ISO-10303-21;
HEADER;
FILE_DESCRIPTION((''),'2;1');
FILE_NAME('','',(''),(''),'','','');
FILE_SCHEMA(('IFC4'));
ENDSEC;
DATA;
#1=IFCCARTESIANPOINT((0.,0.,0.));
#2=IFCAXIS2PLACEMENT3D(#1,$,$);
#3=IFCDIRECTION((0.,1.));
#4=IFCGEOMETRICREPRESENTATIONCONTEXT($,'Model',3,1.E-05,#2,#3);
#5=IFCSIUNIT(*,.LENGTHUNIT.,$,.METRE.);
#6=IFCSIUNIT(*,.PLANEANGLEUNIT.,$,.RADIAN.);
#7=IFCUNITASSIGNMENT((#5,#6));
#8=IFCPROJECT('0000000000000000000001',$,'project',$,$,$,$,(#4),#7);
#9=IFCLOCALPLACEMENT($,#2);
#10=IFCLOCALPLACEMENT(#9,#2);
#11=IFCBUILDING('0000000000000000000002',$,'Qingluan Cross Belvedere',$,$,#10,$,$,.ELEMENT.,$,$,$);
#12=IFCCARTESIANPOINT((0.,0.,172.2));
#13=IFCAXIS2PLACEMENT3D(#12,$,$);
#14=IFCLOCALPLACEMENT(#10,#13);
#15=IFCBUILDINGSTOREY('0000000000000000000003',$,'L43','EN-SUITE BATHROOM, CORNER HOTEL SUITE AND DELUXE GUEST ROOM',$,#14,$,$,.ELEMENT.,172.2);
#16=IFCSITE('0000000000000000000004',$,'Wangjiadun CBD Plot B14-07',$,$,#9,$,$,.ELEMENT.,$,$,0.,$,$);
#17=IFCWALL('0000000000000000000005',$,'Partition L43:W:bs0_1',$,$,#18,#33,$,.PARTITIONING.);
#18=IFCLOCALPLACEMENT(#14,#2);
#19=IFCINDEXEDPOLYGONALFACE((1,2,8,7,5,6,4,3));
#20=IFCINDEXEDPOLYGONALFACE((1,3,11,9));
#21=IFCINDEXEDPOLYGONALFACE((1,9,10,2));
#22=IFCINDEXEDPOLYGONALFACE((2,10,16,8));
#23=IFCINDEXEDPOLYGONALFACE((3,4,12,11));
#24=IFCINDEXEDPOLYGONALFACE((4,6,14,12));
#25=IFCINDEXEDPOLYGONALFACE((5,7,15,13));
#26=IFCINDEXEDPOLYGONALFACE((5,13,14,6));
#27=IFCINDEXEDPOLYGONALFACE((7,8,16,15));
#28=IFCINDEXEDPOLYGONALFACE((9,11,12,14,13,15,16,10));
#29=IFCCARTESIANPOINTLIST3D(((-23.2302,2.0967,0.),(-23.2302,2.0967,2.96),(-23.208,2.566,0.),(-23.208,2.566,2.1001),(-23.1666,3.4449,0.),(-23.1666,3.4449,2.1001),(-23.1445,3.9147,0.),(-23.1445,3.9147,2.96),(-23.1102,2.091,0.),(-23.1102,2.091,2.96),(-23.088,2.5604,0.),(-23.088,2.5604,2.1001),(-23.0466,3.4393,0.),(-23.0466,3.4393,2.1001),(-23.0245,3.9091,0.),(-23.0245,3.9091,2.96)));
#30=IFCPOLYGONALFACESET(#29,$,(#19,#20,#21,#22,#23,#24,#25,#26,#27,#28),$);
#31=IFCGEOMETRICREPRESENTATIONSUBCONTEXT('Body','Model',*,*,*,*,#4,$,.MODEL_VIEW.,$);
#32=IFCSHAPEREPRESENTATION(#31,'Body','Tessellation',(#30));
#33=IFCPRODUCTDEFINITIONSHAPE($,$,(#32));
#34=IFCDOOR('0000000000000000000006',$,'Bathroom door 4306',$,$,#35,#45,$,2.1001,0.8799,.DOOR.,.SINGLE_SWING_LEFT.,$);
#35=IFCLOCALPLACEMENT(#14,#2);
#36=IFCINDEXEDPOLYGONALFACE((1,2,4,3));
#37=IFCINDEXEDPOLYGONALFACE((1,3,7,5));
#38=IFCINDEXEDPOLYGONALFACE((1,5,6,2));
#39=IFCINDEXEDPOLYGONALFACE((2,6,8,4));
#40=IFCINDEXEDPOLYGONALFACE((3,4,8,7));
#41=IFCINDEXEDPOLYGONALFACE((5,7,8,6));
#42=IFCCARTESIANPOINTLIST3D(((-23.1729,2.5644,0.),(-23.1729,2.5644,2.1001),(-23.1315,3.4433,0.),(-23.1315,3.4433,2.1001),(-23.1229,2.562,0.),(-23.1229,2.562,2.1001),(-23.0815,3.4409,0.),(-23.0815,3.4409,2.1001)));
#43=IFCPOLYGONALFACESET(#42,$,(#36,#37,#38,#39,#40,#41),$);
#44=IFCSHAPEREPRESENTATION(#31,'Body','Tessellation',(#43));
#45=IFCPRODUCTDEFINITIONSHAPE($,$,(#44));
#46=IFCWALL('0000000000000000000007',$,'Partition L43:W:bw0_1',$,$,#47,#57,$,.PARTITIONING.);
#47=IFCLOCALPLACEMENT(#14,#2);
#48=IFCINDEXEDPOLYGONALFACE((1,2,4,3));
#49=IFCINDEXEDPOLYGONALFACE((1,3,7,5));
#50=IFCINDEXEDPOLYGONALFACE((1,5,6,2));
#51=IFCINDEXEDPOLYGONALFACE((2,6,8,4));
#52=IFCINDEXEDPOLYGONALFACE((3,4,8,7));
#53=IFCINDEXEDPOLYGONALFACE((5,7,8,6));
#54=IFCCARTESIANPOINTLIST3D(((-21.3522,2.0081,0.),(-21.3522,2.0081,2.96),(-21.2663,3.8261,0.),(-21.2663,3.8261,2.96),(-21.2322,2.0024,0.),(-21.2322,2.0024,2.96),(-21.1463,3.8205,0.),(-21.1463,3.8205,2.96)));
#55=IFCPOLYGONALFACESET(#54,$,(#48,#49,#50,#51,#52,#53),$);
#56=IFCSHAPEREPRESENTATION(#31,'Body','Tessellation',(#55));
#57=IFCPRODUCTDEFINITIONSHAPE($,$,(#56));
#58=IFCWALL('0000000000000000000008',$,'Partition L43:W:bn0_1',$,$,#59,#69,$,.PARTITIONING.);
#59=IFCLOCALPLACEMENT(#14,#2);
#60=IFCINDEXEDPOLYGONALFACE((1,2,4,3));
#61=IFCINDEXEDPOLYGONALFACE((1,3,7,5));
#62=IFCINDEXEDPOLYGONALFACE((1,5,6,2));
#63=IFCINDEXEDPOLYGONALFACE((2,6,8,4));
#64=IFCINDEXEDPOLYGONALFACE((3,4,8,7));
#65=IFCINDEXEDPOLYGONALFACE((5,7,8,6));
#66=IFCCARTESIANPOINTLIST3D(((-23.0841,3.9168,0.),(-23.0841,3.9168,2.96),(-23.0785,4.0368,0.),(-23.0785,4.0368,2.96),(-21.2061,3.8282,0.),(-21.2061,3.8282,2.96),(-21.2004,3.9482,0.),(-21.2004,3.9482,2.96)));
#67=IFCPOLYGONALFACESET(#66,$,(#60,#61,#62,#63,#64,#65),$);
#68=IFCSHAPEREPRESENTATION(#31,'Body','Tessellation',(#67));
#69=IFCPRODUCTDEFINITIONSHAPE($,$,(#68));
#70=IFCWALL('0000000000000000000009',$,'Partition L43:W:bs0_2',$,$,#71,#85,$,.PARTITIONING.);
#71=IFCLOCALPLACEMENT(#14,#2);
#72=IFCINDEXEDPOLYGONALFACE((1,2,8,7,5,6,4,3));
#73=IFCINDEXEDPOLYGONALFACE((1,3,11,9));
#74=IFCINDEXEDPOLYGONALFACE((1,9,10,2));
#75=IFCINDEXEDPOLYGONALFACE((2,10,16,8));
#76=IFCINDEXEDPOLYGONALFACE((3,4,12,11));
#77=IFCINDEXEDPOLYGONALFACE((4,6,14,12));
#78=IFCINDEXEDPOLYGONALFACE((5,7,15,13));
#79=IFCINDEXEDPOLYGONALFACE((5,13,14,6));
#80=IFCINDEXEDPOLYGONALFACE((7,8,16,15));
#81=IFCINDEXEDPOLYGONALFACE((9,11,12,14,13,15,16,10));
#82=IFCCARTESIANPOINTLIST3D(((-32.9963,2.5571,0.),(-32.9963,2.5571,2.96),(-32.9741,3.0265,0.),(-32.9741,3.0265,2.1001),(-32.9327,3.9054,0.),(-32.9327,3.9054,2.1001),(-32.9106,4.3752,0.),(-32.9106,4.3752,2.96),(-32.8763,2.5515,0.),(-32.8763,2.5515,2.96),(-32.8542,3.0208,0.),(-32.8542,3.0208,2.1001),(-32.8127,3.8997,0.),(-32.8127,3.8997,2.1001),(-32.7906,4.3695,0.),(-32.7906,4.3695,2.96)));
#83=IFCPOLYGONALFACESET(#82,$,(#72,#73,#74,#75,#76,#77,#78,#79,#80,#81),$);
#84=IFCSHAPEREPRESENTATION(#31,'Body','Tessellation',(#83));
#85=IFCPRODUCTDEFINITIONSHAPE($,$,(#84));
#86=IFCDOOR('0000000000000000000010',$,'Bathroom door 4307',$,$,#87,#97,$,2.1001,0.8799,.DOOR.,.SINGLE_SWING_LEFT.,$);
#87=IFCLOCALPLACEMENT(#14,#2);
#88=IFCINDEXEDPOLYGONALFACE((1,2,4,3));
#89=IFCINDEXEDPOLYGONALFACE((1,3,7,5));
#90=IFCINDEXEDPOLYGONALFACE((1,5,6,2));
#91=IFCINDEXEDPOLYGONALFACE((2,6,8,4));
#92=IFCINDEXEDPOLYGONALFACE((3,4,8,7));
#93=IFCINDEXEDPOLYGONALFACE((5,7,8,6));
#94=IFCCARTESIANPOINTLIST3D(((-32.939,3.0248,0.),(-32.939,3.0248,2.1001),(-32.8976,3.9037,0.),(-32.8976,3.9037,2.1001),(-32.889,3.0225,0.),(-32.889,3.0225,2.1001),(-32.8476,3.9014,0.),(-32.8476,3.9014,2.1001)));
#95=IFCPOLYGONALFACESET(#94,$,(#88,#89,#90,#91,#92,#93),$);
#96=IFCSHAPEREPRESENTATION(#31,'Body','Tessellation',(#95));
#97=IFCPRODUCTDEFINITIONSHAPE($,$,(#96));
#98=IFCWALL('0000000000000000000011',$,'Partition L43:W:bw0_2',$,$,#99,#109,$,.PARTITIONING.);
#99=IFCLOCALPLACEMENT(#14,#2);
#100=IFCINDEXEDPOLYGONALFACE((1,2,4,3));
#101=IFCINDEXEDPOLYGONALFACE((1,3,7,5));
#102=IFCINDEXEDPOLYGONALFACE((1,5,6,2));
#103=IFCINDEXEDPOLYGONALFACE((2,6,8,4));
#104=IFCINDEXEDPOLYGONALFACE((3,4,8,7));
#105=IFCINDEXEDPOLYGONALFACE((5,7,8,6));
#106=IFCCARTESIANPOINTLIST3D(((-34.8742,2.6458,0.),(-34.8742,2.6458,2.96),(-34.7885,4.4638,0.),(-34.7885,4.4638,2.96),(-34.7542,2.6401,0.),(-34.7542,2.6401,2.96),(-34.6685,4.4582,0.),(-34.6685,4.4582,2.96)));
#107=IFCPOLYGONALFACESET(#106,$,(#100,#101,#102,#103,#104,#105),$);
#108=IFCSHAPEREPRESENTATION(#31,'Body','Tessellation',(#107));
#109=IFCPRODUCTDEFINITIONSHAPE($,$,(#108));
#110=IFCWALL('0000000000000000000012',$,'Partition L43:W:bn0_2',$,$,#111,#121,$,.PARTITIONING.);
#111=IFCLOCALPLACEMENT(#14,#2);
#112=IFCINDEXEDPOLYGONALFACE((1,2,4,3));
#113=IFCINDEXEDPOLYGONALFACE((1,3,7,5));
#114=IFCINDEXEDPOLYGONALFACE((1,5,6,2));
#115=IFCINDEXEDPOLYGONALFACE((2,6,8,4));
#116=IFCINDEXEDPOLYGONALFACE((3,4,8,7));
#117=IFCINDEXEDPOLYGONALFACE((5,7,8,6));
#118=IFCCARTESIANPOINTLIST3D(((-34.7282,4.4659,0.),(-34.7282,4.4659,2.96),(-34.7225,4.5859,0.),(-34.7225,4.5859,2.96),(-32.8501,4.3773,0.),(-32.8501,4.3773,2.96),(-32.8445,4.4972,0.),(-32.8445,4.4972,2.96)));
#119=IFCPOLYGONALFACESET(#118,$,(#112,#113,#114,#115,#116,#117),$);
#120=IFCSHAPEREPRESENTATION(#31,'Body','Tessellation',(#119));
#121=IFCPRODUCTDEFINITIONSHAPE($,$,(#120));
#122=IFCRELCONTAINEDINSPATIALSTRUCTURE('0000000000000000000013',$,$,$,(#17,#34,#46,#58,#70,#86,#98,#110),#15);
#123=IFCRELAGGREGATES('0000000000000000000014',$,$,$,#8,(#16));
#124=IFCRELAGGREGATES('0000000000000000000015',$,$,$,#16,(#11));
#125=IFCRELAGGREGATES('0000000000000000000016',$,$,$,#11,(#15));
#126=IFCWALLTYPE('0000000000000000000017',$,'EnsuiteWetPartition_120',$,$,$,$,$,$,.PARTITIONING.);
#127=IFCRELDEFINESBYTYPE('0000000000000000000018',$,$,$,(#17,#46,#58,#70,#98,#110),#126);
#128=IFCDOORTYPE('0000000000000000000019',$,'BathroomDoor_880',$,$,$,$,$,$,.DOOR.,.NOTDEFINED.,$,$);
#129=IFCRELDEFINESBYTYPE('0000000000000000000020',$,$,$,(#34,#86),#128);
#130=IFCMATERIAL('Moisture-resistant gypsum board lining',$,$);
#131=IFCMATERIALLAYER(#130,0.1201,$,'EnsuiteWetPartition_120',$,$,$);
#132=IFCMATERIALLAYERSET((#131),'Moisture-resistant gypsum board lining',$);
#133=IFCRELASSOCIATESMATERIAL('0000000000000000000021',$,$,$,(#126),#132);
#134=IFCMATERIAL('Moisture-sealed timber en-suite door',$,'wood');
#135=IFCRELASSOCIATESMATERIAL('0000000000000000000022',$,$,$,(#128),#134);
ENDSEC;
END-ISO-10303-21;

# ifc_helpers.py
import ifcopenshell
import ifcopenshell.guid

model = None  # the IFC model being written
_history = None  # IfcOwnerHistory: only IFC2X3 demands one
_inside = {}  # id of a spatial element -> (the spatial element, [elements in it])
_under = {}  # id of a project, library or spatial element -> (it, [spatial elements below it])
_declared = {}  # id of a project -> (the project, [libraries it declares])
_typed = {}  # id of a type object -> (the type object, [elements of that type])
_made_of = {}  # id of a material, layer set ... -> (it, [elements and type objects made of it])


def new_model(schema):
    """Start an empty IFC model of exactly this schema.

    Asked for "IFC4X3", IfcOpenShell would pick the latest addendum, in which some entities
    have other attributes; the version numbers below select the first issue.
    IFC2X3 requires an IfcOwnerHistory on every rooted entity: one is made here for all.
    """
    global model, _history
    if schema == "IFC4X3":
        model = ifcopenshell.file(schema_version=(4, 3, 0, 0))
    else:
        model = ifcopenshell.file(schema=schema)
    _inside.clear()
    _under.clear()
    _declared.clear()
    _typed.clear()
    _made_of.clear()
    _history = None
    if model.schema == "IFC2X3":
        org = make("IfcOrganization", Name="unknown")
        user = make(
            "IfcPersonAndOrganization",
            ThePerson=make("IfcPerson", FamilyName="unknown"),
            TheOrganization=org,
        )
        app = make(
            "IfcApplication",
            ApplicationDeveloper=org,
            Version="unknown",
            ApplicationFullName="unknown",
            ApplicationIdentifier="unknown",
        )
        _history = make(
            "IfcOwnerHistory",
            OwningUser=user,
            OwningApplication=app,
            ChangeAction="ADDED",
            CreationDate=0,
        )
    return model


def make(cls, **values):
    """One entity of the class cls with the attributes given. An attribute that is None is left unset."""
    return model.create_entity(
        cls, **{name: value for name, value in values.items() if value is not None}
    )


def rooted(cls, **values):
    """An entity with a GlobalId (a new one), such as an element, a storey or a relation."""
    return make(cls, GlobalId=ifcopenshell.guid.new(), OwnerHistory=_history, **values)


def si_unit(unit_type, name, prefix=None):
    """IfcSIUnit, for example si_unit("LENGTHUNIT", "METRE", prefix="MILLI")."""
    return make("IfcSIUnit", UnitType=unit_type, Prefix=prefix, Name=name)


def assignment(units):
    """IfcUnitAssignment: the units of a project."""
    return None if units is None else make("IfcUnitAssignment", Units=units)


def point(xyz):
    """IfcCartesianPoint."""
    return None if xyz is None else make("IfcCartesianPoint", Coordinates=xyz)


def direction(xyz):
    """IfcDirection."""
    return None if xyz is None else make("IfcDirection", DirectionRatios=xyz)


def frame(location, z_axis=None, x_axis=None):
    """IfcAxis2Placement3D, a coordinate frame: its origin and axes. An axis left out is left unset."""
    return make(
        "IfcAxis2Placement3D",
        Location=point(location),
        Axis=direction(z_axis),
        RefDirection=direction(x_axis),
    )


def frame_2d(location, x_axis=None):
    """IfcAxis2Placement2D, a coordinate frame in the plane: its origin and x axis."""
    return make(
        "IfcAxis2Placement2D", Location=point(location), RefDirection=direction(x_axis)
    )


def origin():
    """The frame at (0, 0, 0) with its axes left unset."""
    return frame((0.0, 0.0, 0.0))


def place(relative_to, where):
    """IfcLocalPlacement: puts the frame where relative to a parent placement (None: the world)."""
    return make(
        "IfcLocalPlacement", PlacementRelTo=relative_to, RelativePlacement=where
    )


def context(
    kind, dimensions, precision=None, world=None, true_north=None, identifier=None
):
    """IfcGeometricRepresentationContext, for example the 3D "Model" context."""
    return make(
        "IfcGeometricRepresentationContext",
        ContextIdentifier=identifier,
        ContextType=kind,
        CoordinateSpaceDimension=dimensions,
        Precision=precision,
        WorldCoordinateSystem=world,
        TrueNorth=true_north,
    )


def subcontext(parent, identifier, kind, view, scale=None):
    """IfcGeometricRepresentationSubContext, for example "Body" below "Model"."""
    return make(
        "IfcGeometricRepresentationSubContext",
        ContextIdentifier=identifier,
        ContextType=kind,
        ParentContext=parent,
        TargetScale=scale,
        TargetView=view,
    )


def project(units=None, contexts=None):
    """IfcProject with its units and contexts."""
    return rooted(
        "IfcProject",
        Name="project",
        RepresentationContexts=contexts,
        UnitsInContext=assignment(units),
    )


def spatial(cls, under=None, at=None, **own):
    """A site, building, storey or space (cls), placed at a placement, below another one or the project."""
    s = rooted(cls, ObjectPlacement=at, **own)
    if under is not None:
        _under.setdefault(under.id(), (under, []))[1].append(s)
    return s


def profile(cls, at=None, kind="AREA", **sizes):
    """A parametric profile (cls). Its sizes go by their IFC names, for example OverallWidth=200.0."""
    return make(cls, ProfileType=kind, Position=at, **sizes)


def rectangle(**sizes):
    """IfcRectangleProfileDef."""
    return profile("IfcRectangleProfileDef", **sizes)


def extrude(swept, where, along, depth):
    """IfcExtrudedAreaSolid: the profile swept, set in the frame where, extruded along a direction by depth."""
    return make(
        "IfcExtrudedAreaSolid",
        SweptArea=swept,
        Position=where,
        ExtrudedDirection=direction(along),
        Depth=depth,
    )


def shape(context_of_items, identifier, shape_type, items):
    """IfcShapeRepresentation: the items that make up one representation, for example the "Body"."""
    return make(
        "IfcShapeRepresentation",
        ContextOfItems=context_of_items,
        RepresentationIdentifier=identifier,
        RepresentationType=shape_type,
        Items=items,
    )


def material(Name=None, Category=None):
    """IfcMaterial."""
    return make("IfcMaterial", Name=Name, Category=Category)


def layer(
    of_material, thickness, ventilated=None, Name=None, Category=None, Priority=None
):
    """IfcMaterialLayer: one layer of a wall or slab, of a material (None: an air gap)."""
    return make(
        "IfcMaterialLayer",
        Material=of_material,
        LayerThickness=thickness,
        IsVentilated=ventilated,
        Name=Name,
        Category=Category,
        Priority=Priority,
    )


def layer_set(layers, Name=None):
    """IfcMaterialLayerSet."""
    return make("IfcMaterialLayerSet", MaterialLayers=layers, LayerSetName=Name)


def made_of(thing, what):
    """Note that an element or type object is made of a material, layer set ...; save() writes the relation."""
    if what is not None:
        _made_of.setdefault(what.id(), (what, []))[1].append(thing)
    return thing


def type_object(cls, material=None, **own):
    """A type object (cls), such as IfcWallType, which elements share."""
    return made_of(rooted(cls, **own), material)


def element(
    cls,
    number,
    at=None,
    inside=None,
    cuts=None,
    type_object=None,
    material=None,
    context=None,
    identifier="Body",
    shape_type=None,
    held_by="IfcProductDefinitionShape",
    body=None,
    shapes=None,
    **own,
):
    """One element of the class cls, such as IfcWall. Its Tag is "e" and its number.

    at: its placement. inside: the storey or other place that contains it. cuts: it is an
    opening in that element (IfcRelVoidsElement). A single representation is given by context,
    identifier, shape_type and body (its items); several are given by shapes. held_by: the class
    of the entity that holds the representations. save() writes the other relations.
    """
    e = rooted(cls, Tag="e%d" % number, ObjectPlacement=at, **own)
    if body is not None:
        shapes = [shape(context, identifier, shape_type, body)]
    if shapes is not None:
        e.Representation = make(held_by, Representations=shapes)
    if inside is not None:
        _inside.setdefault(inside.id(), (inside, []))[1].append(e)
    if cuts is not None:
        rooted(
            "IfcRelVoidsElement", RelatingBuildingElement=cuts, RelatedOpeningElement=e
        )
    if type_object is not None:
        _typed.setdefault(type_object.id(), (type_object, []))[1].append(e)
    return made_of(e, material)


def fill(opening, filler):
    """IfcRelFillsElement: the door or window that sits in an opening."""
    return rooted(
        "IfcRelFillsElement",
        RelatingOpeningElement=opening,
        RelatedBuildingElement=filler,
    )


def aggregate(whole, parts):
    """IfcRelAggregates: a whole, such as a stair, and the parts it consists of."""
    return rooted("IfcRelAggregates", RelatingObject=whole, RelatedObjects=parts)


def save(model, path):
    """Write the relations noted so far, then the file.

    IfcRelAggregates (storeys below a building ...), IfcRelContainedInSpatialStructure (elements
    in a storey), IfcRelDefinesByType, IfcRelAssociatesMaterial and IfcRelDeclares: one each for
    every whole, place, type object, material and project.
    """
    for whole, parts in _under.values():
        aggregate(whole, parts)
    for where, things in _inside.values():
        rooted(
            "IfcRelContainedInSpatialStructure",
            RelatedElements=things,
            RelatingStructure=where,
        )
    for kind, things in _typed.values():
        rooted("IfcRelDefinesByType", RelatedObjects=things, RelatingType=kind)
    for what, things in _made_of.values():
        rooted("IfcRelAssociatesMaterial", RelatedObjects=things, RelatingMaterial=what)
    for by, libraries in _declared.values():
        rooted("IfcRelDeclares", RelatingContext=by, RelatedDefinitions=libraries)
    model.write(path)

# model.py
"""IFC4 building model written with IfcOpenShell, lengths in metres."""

from ifc_helpers import new_model, si_unit, direction, frame, frame_2d, origin, place, context, subcontext, project, spatial, rectangle, extrude, material, layer, layer_set, type_object, element, fill, save


model = new_model("IFC4")

# Units and contexts
model_context = context("Model", 3, precision=1e-05, world=origin(), true_north=direction((0.0, 1.0)))
body_context = subcontext(model_context, "Body", "Model", "MODEL_VIEW")
ifc_project = project(units=[si_unit("LENGTHUNIT", "METRE"), si_unit("PLANEANGLEUNIT", "RADIAN")], contexts=[model_context])

# Site, building, storey
site_placement = place(None, origin())
site = spatial("IfcSite", under=ifc_project, at=site_placement, Name="Wangjiadun CBD Plot B14-07", CompositionType="ELEMENT", RefElevation=0.0)
building_placement = place(site_placement, origin())
building = spatial("IfcBuilding", under=site, at=building_placement, Name="Qingluan Cross Belvedere", CompositionType="ELEMENT")
storey_placement = place(building_placement, frame((0.0, 0.0, 172.2)))
storey = spatial("IfcBuildingStorey", under=building, at=storey_placement, Name="L43", Description="EN-SUITE BATHROOM, CORNER HOTEL SUITE AND DELUXE GUEST ROOM", CompositionType="ELEMENT", Elevation=172.2)

# Shared definitions
ifc_material_1 = material(Name="Moisture-resistant gypsum board lining")
ifc_layer_1 = layer(ifc_material_1, 0.1201, Name="EnsuiteWetPartition_120")
ifc_layer_set_1 = layer_set([ifc_layer_1], Name="Moisture-resistant gypsum board lining")
wall_type_1 = type_object("IfcWallType", Name="EnsuiteWetPartition_120", PredefinedType="PARTITIONING", material=ifc_layer_set_1)
ifc_material_2 = material(Name="Moisture-sealed timber en-suite door", Category="wood")
door_type_1 = type_object("IfcDoorType", Name="BathroomDoor_880", OperationType="NOTDEFINED", PredefinedType="DOOR", material=ifc_material_2)

# Wall, opening, door
wall_1_placement = place(storey_placement, frame((-23.1702, 2.0938, 0.0), z_axis=(0.0, 0.0, 1.0), x_axis=(0.047081, 0.998891, 0.0)))
wall_1 = element("IfcWall", 1, at=wall_1_placement, inside=storey, type_object=wall_type_1, Name="Partition L43:W:bs0_1", PredefinedType="PARTITIONING", context=body_context, shape_type="SweptSolid", body=[
    extrude(rectangle(XDim=1.8201, YDim=0.1201, at=frame_2d((0.9102, 0.0))), origin(), (0.0, 0.0, 1.0), 2.96),
])
opening_1_placement = place(wall_1_placement, frame((0.47, 0.0, 0.0)))
opening_1 = element("IfcOpeningElement", 2, at=opening_1_placement, cuts=wall_1, PredefinedType="OPENING", context=body_context, shape_type="SweptSolid", body=[
    extrude(rectangle(XDim=0.8799, YDim=2.1001, at=frame_2d((0.4399, 1.05))), frame((0.0, 0.0701, 0.0), z_axis=(0.0, -1.0, 0.0), x_axis=(1.0, 0.0, 0.0)), (0.0, 0.0, 1.0), 0.1401),
])
door_1_placement = place(opening_1_placement, origin())
door_1 = element("IfcDoor", 3, at=door_1_placement, inside=storey, type_object=door_type_1, Name="Bathroom door 4306", OperationType="SINGLE_SWING_LEFT", OverallHeight=2.1001, OverallWidth=0.8799, PredefinedType="DOOR", context=body_context, shape_type="SweptSolid", body=[
    extrude(rectangle(XDim=0.8799, YDim=2.1001, at=frame_2d((0.4399, 1.05))), frame((0.0, 0.0249, 0.0), z_axis=(0.0, -1.0, 0.0), x_axis=(1.0, 0.0, 0.0)), (0.0, 0.0, 1.0), 0.05),
])
fill(opening_1, door_1)

# Walls
wall_2_placement = place(storey_placement, frame((-21.2922, 2.0051, 0.0), z_axis=(0.0, 0.0, 1.0), x_axis=(0.047215, 0.998885, 0.0)))
element("IfcWall", 4, at=wall_2_placement, inside=storey, type_object=wall_type_1, Name="Partition L43:W:bw0_1", PredefinedType="PARTITIONING", context=body_context, shape_type="SweptSolid", body=[
    extrude(rectangle(XDim=1.8201, YDim=0.1201, at=frame_2d((0.9102, 0.0))), origin(), (0.0, 0.0, 1.0), 2.96),
])
wall_3_placement = place(storey_placement, frame((-21.2034, 3.8882, 0.0), z_axis=(0.0, 0.0, 1.0), x_axis=(-0.998888, 0.047139, 0.0)))
element("IfcWall", 5, at=wall_3_placement, inside=storey, type_object=wall_type_1, Name="Partition L43:W:bn0_1", PredefinedType="PARTITIONING", context=body_context, shape_type="SweptSolid", body=[
    extrude(rectangle(XDim=1.8801, YDim=0.1201, at=frame_2d((0.9399, 0.0))), origin(), (0.0, 0.0, 1.0), 2.96),
])

# Wall, opening, door
wall_4_placement = place(storey_placement, frame((-32.9363, 2.5542, 0.0), z_axis=(0.0, 0.0, 1.0), x_axis=(0.047081, 0.998891, 0.0)))
wall_4 = element("IfcWall", 6, at=wall_4_placement, inside=storey, type_object=wall_type_1, Name="Partition L43:W:bs0_2", PredefinedType="PARTITIONING", context=body_context, shape_type="SweptSolid", body=[
    extrude(rectangle(XDim=1.8201, YDim=0.1201, at=frame_2d((0.9102, 0.0))), origin(), (0.0, 0.0, 1.0), 2.96),
])
opening_2_placement = place(wall_4_placement, frame((0.47, 0.0, 0.0)))
opening_2 = element("IfcOpeningElement", 7, at=opening_2_placement, cuts=wall_4, PredefinedType="OPENING", context=body_context, shape_type="SweptSolid", body=[
    extrude(rectangle(XDim=0.8799, YDim=2.1001, at=frame_2d((0.4399, 1.05))), frame((0.0, 0.0701, 0.0), z_axis=(0.0, -1.0, 0.0), x_axis=(1.0, 0.0, 0.0)), (0.0, 0.0, 1.0), 0.1401),
])
door_2_placement = place(opening_2_placement, origin())
door_2 = element("IfcDoor", 8, at=door_2_placement, inside=storey, type_object=door_type_1, Name="Bathroom door 4307", OperationType="SINGLE_SWING_LEFT", OverallHeight=2.1001, OverallWidth=0.8799, PredefinedType="DOOR", context=body_context, shape_type="SweptSolid", body=[
    extrude(rectangle(XDim=0.8799, YDim=2.1001, at=frame_2d((0.4399, 1.05))), frame((0.0, 0.0249, 0.0), z_axis=(0.0, -1.0, 0.0), x_axis=(1.0, 0.0, 0.0)), (0.0, 0.0, 1.0), 0.05),
])
fill(opening_2, door_2)

# Walls
wall_5_placement = place(storey_placement, frame((-34.8142, 2.6428, 0.0), z_axis=(0.0, 0.0, 1.0), x_axis=(0.047081, 0.998891, 0.0)))
element("IfcWall", 9, at=wall_5_placement, inside=storey, type_object=wall_type_1, Name="Partition L43:W:bw0_2", PredefinedType="PARTITIONING", context=body_context, shape_type="SweptSolid", body=[
    extrude(rectangle(XDim=1.8201, YDim=0.1201, at=frame_2d((0.9102, 0.0))), origin(), (0.0, 0.0, 1.0), 2.96),
])
wall_6_placement = place(storey_placement, frame((-32.8474, 4.4373, 0.0), z_axis=(0.0, 0.0, 1.0), x_axis=(-0.998888, 0.047139, 0.0)))
element("IfcWall", 10, at=wall_6_placement, inside=storey, type_object=wall_type_1, Name="Partition L43:W:bn0_2", PredefinedType="PARTITIONING", context=body_context, shape_type="SweptSolid", body=[
    extrude(rectangle(XDim=1.8801, YDim=0.1201, at=frame_2d((0.9399, 0.0))), origin(), (0.0, 0.0, 1.0), 2.96),
])

save(model, "model.ifc")
